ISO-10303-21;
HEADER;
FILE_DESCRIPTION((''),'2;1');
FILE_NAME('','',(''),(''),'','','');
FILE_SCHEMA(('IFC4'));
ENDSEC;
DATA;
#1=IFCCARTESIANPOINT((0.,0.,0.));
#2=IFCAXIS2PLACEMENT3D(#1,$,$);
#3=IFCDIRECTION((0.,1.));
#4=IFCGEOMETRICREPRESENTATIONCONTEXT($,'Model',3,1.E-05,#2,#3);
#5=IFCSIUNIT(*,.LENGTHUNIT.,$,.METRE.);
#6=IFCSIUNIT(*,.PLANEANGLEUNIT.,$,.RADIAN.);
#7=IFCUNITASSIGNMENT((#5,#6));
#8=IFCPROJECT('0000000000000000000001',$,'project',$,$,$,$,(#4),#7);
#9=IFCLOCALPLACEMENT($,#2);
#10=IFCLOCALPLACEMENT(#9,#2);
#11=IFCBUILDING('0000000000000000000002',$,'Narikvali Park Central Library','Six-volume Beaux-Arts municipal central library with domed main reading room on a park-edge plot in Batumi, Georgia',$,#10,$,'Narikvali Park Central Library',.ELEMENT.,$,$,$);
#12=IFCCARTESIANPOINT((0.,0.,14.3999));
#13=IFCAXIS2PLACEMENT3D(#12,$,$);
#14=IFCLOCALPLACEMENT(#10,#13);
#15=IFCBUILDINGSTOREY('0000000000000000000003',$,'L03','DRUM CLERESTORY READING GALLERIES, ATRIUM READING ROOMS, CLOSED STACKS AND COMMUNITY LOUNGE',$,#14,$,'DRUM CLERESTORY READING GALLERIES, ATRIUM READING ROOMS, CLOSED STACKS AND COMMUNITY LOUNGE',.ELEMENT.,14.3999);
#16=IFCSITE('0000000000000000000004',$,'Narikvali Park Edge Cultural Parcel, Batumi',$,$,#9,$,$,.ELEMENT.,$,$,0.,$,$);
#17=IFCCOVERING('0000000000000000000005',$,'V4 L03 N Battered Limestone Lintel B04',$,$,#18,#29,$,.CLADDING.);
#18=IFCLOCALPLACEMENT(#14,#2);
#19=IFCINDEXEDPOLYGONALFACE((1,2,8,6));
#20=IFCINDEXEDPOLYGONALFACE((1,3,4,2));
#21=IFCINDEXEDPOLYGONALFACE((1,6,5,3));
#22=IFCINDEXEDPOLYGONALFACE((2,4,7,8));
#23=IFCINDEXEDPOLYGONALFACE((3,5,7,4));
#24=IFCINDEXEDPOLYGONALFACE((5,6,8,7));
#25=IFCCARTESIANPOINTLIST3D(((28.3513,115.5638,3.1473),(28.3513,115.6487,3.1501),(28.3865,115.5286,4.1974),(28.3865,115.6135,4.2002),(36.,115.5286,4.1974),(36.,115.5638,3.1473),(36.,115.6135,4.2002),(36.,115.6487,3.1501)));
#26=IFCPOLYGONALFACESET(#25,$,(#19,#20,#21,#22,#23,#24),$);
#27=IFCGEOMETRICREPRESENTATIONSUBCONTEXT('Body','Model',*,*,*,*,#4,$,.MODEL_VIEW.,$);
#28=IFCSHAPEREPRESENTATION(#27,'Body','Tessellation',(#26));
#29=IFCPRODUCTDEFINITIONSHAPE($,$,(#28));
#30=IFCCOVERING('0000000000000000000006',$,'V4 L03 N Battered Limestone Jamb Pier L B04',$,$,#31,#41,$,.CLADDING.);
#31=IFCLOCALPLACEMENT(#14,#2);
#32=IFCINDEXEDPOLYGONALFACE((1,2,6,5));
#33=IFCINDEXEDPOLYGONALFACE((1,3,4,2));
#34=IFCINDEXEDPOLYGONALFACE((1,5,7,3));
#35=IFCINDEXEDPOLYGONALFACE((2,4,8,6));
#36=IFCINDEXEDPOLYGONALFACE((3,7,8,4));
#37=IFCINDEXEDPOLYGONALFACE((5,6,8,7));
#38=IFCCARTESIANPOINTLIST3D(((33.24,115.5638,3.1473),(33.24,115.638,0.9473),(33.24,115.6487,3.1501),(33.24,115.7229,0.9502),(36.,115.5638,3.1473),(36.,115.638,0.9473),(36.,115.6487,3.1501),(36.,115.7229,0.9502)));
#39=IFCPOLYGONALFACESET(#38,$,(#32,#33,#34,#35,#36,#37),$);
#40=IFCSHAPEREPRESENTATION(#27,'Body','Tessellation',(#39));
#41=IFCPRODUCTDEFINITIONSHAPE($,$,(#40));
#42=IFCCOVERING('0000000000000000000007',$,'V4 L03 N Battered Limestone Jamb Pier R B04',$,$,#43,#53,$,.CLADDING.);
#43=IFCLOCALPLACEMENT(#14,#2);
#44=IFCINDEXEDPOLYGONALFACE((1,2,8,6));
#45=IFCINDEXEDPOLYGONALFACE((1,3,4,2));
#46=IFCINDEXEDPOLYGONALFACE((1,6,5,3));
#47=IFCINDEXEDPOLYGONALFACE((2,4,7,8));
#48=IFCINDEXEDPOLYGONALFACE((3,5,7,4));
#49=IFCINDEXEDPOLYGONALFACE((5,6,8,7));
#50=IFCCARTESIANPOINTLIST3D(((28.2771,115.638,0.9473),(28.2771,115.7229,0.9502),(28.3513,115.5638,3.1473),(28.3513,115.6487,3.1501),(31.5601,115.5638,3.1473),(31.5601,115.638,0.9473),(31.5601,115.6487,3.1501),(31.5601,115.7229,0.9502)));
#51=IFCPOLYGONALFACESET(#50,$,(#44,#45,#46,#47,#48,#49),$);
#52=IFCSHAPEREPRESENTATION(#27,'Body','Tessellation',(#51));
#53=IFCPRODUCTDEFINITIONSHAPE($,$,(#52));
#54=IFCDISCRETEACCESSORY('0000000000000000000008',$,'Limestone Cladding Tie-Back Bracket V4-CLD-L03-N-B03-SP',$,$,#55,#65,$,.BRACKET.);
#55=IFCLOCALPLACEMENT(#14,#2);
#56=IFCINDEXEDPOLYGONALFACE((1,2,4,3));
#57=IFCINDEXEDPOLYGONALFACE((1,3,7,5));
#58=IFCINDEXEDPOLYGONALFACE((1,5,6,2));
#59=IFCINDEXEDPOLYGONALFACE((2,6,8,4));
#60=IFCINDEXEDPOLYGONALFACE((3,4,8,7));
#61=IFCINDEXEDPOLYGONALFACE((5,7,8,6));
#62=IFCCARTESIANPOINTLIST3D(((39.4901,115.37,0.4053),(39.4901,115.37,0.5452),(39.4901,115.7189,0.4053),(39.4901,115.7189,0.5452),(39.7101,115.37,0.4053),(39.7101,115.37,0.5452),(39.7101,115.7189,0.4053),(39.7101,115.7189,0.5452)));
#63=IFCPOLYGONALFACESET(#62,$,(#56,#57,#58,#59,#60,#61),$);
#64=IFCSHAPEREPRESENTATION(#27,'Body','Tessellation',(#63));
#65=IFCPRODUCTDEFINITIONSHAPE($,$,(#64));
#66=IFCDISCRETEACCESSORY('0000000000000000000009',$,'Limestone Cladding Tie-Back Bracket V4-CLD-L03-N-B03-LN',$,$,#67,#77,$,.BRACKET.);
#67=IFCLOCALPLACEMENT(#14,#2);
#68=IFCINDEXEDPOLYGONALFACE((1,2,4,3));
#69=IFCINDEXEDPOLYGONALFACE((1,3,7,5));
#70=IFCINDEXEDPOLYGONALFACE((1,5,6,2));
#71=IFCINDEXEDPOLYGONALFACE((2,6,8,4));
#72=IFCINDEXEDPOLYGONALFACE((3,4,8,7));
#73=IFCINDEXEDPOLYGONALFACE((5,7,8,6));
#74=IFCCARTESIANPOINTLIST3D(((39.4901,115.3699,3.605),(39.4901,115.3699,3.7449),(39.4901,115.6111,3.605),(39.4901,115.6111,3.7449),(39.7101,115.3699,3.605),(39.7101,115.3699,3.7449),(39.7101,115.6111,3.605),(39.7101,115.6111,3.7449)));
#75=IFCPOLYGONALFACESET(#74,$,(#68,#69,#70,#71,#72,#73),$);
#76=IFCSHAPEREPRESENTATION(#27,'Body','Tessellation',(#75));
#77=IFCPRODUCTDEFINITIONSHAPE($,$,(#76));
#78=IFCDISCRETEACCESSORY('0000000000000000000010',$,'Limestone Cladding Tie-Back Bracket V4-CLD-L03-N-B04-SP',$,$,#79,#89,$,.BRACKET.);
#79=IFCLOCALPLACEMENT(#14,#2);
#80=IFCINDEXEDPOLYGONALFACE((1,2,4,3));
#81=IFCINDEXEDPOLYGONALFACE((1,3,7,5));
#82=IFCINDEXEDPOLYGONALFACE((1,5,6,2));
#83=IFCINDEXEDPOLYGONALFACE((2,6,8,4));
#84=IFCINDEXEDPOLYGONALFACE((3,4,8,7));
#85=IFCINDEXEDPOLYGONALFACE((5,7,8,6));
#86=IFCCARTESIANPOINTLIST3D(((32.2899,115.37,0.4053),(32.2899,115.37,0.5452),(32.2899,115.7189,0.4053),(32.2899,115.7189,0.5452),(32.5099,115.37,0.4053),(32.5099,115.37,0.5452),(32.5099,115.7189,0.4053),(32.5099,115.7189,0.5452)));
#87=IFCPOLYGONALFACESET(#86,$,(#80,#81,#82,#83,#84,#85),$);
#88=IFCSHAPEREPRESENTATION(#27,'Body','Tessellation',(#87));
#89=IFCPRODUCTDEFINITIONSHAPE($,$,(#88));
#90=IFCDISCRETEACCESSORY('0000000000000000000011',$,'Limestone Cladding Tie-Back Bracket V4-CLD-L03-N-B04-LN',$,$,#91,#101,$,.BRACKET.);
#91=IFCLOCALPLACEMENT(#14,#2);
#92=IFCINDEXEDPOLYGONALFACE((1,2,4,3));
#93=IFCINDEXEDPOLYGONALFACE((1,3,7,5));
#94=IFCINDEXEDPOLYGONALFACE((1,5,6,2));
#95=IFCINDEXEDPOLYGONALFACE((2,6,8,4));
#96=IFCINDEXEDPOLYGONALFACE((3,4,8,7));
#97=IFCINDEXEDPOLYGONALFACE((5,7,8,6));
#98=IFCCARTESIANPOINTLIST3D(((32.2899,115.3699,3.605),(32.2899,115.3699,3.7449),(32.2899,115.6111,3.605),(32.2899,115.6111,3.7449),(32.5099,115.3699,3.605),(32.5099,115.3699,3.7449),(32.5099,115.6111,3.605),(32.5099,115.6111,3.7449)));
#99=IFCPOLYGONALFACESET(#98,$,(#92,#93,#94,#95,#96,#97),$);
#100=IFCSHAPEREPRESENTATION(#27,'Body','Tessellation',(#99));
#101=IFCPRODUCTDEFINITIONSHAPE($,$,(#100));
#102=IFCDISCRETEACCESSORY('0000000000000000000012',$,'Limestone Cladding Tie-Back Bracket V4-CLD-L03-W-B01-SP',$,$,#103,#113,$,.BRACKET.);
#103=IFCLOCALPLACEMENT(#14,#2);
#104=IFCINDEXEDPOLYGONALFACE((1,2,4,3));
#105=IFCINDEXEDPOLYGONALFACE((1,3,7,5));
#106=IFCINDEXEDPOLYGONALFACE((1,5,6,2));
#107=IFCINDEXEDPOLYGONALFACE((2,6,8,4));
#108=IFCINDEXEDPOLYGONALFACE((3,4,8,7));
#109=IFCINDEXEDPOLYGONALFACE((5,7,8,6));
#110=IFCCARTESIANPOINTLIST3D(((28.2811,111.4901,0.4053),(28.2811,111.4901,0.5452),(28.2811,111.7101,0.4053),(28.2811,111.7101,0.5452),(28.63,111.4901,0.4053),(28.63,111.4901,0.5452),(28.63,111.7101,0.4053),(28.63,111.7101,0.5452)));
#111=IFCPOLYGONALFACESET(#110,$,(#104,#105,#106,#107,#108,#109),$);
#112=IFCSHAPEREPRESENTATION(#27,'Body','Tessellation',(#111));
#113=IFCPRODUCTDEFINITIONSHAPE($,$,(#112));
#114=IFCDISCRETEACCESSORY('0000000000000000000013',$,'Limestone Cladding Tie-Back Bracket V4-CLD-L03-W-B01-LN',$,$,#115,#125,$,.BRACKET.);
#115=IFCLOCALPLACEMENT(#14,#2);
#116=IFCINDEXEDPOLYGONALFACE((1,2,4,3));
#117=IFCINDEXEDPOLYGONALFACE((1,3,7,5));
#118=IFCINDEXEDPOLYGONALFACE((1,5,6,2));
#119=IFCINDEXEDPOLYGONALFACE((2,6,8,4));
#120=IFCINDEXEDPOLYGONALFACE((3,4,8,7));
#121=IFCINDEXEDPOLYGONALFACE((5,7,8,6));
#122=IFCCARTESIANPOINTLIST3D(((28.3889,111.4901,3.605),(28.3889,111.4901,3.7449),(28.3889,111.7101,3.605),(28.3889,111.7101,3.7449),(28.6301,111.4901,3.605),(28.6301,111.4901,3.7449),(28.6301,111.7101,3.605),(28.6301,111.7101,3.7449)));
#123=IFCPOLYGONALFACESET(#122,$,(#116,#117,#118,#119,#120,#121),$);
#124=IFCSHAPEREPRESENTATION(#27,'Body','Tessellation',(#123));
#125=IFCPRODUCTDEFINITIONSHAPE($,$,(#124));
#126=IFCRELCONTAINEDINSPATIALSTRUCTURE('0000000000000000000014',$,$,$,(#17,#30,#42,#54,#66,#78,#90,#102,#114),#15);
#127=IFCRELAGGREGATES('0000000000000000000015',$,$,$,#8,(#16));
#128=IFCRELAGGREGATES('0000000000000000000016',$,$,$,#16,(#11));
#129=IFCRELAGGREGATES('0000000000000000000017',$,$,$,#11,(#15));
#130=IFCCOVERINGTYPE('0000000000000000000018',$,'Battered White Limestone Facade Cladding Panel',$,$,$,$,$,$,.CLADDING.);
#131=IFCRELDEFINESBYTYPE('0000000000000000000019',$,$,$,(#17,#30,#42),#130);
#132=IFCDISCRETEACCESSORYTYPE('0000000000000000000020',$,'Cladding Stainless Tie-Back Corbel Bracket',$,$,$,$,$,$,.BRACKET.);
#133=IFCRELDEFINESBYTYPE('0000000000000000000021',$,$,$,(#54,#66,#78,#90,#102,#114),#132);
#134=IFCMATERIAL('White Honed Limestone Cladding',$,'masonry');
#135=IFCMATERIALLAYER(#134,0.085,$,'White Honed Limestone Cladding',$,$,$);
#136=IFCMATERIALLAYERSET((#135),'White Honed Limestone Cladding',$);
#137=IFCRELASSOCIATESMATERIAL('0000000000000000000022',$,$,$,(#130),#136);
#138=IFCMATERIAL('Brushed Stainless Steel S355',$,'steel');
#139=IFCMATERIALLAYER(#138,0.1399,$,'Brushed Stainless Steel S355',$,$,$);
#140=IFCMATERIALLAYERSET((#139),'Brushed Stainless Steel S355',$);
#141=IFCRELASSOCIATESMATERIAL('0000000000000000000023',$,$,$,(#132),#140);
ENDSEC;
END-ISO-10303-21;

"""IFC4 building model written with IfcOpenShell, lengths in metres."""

from ifc_helpers import new_model, si_unit, direction, frame, origin, origin_2d, place, context, subcontext, project, spatial, polyline, rectangle, outline, extrude, material, layer, layer_set, type_object, element, save


model = new_model("IFC4")

# Units and contexts
model_context = context("Model", 3, precision=1e-05, world=origin(), true_north=direction((0.0, 1.0)))
body_context = subcontext(model_context, "Body", "Model", "MODEL_VIEW")
ifc_project = project(units=[si_unit("LENGTHUNIT", "METRE"), si_unit("PLANEANGLEUNIT", "RADIAN")], contexts=[model_context])

# Site, building, storey
site_placement = place(None, origin())
site = spatial("IfcSite", under=ifc_project, at=site_placement, Name="Narikvali Park Edge Cultural Parcel, Batumi", CompositionType="ELEMENT", RefElevation=0.0)
building_placement = place(site_placement, origin())
building = spatial("IfcBuilding", under=site, at=building_placement, Name="Narikvali Park Central Library", Description="Six-volume Beaux-Arts municipal central library with domed main reading room on a park-edge plot in Batumi, Georgia", LongName="Narikvali Park Central Library", CompositionType="ELEMENT")
storey_placement = place(building_placement, frame((0.0, 0.0, 14.3999)))
storey = spatial("IfcBuildingStorey", under=building, at=storey_placement, Name="L03", Description="DRUM CLERESTORY READING GALLERIES, ATRIUM READING ROOMS, CLOSED STACKS AND COMMUNITY LOUNGE", LongName="DRUM CLERESTORY READING GALLERIES, ATRIUM READING ROOMS, CLOSED STACKS AND COMMUNITY LOUNGE", CompositionType="ELEMENT", Elevation=14.3999)

# Coverings
ifc_material_1 = material(Name="White Honed Limestone Cladding", Category="masonry")
ifc_layer_1 = layer(ifc_material_1, 0.085, Name="White Honed Limestone Cladding")
ifc_layer_set_1 = layer_set([ifc_layer_1], Name="White Honed Limestone Cladding")
covering_type = type_object("IfcCoveringType", Name="Battered White Limestone Facade Cladding Panel", PredefinedType="CLADDING", material=ifc_layer_set_1)
covering_1_placement = place(storey_placement, frame((36.0, 115.6487, 3.1501), z_axis=(0.0, 0.99944, 0.033462), x_axis=(-1.0, 0.0, 0.0)))
element("IfcCovering", 1, at=covering_1_placement, inside=storey, type_object=covering_type, Name="V4 L03 N Battered Limestone Lintel B04", PredefinedType="CLADDING", context=body_context, shape_type="SweptSolid", body=[
    extrude(outline(polyline([(0.0, 0.0), (7.6487, 0.0), (7.6135, 1.0506), (0.0, 1.0506), (0.0, 0.0)])), origin(), (0.0, 0.0, -1.0), 0.085),
])
covering_2_placement = place(storey_placement, frame((36.0, 115.7229, 0.9502), z_axis=(0.0, 0.999431, 0.033717), x_axis=(-1.0, 0.0, 0.0)))
element("IfcCovering", 2, at=covering_2_placement, inside=storey, type_object=covering_type, Name="V4 L03 N Battered Limestone Jamb Pier L B04", PredefinedType="CLADDING", context=body_context, shape_type="SweptSolid", body=[
    extrude(outline(polyline([(0.0, 0.0), (2.76, 0.0), (2.76, 2.2012), (0.0, 2.2012), (0.0, 0.0)])), origin(), (0.0, 0.0, -1.0), 0.085),
])
covering_3_placement = place(storey_placement, frame((31.5601, 115.7229, 0.9502), z_axis=(0.0, 0.999431, 0.033717), x_axis=(-1.0, 0.0, 0.0)))
element("IfcCovering", 3, at=covering_3_placement, inside=storey, type_object=covering_type, Name="V4 L03 N Battered Limestone Jamb Pier R B04", PredefinedType="CLADDING", context=body_context, shape_type="SweptSolid", body=[
    extrude(outline(polyline([(0.0, 0.0), (3.283, 0.0), (3.2087, 2.2012), (0.0, 2.2012), (0.0, 0.0)])), origin(), (0.0, 0.0, -1.0), 0.085),
])

# Discrete accessories
ifc_material_2 = material(Name="Brushed Stainless Steel S355", Category="steel")
ifc_layer_2 = layer(ifc_material_2, 0.1399, Name="Brushed Stainless Steel S355")
ifc_layer_set_2 = layer_set([ifc_layer_2], Name="Brushed Stainless Steel S355")
discrete_accessory_type = type_object("IfcDiscreteAccessoryType", Name="Cladding Stainless Tie-Back Corbel Bracket", PredefinedType="BRACKET", material=ifc_layer_set_2)
discrete_accessory_1_placement = place(storey_placement, frame((39.6001, 115.5444, 0.4053), z_axis=(0.0, 0.0, 1.0), x_axis=(1.0, 0.0, 0.0)))
element("IfcDiscreteAccessory", 4, at=discrete_accessory_1_placement, inside=storey, type_object=discrete_accessory_type, Name="Limestone Cladding Tie-Back Bracket V4-CLD-L03-N-B03-SP", PredefinedType="BRACKET", context=body_context, shape_type="SweptSolid", body=[
    extrude(rectangle(XDim=0.22, YDim=0.3489, at=origin_2d()), origin(), (0.0, 0.0, 1.0), 0.1399),
])
discrete_accessory_2_placement = place(storey_placement, frame((39.6001, 115.4905, 3.605), z_axis=(0.0, 0.0, 1.0), x_axis=(1.0, 0.0, 0.0)))
element("IfcDiscreteAccessory", 5, at=discrete_accessory_2_placement, inside=storey, type_object=discrete_accessory_type, Name="Limestone Cladding Tie-Back Bracket V4-CLD-L03-N-B03-LN", PredefinedType="BRACKET", context=body_context, shape_type="SweptSolid", body=[
    extrude(rectangle(XDim=0.22, YDim=0.2412, at=origin_2d()), origin(), (0.0, 0.0, 1.0), 0.1399),
])
discrete_accessory_3_placement = place(storey_placement, frame((32.3999, 115.5444, 0.4053), z_axis=(0.0, 0.0, 1.0), x_axis=(1.0, 0.0, 0.0)))
element("IfcDiscreteAccessory", 6, at=discrete_accessory_3_placement, inside=storey, type_object=discrete_accessory_type, Name="Limestone Cladding Tie-Back Bracket V4-CLD-L03-N-B04-SP", PredefinedType="BRACKET", context=body_context, shape_type="SweptSolid", body=[
    extrude(rectangle(XDim=0.22, YDim=0.3489, at=origin_2d()), origin(), (0.0, 0.0, 1.0), 0.1399),
])
discrete_accessory_4_placement = place(storey_placement, frame((32.3999, 115.4905, 3.605), z_axis=(0.0, 0.0, 1.0), x_axis=(1.0, 0.0, 0.0)))
element("IfcDiscreteAccessory", 7, at=discrete_accessory_4_placement, inside=storey, type_object=discrete_accessory_type, Name="Limestone Cladding Tie-Back Bracket V4-CLD-L03-N-B04-LN", PredefinedType="BRACKET", context=body_context, shape_type="SweptSolid", body=[
    extrude(rectangle(XDim=0.22, YDim=0.2412, at=origin_2d()), origin(), (0.0, 0.0, 1.0), 0.1399),
])
discrete_accessory_5_placement = place(storey_placement, frame((28.4556, 111.6001, 0.4053), z_axis=(0.0, 0.0, 1.0), x_axis=(1.0, 0.0, 0.0)))
element("IfcDiscreteAccessory", 8, at=discrete_accessory_5_placement, inside=storey, type_object=discrete_accessory_type, Name="Limestone Cladding Tie-Back Bracket V4-CLD-L03-W-B01-SP", PredefinedType="BRACKET", context=body_context, shape_type="SweptSolid", body=[
    extrude(rectangle(XDim=0.3489, YDim=0.22, at=origin_2d()), origin(), (0.0, 0.0, 1.0), 0.1399),
])
discrete_accessory_6_placement = place(storey_placement, frame((28.5095, 111.6001, 3.605), z_axis=(0.0, 0.0, 1.0), x_axis=(1.0, 0.0, 0.0)))
element("IfcDiscreteAccessory", 9, at=discrete_accessory_6_placement, inside=storey, type_object=discrete_accessory_type, Name="Limestone Cladding Tie-Back Bracket V4-CLD-L03-W-B01-LN", PredefinedType="BRACKET", context=body_context, shape_type="SweptSolid", body=[
    extrude(rectangle(XDim=0.2412, YDim=0.22, at=origin_2d()), origin(), (0.0, 0.0, 1.0), 0.1399),
])

save(model, "model.ifc")
